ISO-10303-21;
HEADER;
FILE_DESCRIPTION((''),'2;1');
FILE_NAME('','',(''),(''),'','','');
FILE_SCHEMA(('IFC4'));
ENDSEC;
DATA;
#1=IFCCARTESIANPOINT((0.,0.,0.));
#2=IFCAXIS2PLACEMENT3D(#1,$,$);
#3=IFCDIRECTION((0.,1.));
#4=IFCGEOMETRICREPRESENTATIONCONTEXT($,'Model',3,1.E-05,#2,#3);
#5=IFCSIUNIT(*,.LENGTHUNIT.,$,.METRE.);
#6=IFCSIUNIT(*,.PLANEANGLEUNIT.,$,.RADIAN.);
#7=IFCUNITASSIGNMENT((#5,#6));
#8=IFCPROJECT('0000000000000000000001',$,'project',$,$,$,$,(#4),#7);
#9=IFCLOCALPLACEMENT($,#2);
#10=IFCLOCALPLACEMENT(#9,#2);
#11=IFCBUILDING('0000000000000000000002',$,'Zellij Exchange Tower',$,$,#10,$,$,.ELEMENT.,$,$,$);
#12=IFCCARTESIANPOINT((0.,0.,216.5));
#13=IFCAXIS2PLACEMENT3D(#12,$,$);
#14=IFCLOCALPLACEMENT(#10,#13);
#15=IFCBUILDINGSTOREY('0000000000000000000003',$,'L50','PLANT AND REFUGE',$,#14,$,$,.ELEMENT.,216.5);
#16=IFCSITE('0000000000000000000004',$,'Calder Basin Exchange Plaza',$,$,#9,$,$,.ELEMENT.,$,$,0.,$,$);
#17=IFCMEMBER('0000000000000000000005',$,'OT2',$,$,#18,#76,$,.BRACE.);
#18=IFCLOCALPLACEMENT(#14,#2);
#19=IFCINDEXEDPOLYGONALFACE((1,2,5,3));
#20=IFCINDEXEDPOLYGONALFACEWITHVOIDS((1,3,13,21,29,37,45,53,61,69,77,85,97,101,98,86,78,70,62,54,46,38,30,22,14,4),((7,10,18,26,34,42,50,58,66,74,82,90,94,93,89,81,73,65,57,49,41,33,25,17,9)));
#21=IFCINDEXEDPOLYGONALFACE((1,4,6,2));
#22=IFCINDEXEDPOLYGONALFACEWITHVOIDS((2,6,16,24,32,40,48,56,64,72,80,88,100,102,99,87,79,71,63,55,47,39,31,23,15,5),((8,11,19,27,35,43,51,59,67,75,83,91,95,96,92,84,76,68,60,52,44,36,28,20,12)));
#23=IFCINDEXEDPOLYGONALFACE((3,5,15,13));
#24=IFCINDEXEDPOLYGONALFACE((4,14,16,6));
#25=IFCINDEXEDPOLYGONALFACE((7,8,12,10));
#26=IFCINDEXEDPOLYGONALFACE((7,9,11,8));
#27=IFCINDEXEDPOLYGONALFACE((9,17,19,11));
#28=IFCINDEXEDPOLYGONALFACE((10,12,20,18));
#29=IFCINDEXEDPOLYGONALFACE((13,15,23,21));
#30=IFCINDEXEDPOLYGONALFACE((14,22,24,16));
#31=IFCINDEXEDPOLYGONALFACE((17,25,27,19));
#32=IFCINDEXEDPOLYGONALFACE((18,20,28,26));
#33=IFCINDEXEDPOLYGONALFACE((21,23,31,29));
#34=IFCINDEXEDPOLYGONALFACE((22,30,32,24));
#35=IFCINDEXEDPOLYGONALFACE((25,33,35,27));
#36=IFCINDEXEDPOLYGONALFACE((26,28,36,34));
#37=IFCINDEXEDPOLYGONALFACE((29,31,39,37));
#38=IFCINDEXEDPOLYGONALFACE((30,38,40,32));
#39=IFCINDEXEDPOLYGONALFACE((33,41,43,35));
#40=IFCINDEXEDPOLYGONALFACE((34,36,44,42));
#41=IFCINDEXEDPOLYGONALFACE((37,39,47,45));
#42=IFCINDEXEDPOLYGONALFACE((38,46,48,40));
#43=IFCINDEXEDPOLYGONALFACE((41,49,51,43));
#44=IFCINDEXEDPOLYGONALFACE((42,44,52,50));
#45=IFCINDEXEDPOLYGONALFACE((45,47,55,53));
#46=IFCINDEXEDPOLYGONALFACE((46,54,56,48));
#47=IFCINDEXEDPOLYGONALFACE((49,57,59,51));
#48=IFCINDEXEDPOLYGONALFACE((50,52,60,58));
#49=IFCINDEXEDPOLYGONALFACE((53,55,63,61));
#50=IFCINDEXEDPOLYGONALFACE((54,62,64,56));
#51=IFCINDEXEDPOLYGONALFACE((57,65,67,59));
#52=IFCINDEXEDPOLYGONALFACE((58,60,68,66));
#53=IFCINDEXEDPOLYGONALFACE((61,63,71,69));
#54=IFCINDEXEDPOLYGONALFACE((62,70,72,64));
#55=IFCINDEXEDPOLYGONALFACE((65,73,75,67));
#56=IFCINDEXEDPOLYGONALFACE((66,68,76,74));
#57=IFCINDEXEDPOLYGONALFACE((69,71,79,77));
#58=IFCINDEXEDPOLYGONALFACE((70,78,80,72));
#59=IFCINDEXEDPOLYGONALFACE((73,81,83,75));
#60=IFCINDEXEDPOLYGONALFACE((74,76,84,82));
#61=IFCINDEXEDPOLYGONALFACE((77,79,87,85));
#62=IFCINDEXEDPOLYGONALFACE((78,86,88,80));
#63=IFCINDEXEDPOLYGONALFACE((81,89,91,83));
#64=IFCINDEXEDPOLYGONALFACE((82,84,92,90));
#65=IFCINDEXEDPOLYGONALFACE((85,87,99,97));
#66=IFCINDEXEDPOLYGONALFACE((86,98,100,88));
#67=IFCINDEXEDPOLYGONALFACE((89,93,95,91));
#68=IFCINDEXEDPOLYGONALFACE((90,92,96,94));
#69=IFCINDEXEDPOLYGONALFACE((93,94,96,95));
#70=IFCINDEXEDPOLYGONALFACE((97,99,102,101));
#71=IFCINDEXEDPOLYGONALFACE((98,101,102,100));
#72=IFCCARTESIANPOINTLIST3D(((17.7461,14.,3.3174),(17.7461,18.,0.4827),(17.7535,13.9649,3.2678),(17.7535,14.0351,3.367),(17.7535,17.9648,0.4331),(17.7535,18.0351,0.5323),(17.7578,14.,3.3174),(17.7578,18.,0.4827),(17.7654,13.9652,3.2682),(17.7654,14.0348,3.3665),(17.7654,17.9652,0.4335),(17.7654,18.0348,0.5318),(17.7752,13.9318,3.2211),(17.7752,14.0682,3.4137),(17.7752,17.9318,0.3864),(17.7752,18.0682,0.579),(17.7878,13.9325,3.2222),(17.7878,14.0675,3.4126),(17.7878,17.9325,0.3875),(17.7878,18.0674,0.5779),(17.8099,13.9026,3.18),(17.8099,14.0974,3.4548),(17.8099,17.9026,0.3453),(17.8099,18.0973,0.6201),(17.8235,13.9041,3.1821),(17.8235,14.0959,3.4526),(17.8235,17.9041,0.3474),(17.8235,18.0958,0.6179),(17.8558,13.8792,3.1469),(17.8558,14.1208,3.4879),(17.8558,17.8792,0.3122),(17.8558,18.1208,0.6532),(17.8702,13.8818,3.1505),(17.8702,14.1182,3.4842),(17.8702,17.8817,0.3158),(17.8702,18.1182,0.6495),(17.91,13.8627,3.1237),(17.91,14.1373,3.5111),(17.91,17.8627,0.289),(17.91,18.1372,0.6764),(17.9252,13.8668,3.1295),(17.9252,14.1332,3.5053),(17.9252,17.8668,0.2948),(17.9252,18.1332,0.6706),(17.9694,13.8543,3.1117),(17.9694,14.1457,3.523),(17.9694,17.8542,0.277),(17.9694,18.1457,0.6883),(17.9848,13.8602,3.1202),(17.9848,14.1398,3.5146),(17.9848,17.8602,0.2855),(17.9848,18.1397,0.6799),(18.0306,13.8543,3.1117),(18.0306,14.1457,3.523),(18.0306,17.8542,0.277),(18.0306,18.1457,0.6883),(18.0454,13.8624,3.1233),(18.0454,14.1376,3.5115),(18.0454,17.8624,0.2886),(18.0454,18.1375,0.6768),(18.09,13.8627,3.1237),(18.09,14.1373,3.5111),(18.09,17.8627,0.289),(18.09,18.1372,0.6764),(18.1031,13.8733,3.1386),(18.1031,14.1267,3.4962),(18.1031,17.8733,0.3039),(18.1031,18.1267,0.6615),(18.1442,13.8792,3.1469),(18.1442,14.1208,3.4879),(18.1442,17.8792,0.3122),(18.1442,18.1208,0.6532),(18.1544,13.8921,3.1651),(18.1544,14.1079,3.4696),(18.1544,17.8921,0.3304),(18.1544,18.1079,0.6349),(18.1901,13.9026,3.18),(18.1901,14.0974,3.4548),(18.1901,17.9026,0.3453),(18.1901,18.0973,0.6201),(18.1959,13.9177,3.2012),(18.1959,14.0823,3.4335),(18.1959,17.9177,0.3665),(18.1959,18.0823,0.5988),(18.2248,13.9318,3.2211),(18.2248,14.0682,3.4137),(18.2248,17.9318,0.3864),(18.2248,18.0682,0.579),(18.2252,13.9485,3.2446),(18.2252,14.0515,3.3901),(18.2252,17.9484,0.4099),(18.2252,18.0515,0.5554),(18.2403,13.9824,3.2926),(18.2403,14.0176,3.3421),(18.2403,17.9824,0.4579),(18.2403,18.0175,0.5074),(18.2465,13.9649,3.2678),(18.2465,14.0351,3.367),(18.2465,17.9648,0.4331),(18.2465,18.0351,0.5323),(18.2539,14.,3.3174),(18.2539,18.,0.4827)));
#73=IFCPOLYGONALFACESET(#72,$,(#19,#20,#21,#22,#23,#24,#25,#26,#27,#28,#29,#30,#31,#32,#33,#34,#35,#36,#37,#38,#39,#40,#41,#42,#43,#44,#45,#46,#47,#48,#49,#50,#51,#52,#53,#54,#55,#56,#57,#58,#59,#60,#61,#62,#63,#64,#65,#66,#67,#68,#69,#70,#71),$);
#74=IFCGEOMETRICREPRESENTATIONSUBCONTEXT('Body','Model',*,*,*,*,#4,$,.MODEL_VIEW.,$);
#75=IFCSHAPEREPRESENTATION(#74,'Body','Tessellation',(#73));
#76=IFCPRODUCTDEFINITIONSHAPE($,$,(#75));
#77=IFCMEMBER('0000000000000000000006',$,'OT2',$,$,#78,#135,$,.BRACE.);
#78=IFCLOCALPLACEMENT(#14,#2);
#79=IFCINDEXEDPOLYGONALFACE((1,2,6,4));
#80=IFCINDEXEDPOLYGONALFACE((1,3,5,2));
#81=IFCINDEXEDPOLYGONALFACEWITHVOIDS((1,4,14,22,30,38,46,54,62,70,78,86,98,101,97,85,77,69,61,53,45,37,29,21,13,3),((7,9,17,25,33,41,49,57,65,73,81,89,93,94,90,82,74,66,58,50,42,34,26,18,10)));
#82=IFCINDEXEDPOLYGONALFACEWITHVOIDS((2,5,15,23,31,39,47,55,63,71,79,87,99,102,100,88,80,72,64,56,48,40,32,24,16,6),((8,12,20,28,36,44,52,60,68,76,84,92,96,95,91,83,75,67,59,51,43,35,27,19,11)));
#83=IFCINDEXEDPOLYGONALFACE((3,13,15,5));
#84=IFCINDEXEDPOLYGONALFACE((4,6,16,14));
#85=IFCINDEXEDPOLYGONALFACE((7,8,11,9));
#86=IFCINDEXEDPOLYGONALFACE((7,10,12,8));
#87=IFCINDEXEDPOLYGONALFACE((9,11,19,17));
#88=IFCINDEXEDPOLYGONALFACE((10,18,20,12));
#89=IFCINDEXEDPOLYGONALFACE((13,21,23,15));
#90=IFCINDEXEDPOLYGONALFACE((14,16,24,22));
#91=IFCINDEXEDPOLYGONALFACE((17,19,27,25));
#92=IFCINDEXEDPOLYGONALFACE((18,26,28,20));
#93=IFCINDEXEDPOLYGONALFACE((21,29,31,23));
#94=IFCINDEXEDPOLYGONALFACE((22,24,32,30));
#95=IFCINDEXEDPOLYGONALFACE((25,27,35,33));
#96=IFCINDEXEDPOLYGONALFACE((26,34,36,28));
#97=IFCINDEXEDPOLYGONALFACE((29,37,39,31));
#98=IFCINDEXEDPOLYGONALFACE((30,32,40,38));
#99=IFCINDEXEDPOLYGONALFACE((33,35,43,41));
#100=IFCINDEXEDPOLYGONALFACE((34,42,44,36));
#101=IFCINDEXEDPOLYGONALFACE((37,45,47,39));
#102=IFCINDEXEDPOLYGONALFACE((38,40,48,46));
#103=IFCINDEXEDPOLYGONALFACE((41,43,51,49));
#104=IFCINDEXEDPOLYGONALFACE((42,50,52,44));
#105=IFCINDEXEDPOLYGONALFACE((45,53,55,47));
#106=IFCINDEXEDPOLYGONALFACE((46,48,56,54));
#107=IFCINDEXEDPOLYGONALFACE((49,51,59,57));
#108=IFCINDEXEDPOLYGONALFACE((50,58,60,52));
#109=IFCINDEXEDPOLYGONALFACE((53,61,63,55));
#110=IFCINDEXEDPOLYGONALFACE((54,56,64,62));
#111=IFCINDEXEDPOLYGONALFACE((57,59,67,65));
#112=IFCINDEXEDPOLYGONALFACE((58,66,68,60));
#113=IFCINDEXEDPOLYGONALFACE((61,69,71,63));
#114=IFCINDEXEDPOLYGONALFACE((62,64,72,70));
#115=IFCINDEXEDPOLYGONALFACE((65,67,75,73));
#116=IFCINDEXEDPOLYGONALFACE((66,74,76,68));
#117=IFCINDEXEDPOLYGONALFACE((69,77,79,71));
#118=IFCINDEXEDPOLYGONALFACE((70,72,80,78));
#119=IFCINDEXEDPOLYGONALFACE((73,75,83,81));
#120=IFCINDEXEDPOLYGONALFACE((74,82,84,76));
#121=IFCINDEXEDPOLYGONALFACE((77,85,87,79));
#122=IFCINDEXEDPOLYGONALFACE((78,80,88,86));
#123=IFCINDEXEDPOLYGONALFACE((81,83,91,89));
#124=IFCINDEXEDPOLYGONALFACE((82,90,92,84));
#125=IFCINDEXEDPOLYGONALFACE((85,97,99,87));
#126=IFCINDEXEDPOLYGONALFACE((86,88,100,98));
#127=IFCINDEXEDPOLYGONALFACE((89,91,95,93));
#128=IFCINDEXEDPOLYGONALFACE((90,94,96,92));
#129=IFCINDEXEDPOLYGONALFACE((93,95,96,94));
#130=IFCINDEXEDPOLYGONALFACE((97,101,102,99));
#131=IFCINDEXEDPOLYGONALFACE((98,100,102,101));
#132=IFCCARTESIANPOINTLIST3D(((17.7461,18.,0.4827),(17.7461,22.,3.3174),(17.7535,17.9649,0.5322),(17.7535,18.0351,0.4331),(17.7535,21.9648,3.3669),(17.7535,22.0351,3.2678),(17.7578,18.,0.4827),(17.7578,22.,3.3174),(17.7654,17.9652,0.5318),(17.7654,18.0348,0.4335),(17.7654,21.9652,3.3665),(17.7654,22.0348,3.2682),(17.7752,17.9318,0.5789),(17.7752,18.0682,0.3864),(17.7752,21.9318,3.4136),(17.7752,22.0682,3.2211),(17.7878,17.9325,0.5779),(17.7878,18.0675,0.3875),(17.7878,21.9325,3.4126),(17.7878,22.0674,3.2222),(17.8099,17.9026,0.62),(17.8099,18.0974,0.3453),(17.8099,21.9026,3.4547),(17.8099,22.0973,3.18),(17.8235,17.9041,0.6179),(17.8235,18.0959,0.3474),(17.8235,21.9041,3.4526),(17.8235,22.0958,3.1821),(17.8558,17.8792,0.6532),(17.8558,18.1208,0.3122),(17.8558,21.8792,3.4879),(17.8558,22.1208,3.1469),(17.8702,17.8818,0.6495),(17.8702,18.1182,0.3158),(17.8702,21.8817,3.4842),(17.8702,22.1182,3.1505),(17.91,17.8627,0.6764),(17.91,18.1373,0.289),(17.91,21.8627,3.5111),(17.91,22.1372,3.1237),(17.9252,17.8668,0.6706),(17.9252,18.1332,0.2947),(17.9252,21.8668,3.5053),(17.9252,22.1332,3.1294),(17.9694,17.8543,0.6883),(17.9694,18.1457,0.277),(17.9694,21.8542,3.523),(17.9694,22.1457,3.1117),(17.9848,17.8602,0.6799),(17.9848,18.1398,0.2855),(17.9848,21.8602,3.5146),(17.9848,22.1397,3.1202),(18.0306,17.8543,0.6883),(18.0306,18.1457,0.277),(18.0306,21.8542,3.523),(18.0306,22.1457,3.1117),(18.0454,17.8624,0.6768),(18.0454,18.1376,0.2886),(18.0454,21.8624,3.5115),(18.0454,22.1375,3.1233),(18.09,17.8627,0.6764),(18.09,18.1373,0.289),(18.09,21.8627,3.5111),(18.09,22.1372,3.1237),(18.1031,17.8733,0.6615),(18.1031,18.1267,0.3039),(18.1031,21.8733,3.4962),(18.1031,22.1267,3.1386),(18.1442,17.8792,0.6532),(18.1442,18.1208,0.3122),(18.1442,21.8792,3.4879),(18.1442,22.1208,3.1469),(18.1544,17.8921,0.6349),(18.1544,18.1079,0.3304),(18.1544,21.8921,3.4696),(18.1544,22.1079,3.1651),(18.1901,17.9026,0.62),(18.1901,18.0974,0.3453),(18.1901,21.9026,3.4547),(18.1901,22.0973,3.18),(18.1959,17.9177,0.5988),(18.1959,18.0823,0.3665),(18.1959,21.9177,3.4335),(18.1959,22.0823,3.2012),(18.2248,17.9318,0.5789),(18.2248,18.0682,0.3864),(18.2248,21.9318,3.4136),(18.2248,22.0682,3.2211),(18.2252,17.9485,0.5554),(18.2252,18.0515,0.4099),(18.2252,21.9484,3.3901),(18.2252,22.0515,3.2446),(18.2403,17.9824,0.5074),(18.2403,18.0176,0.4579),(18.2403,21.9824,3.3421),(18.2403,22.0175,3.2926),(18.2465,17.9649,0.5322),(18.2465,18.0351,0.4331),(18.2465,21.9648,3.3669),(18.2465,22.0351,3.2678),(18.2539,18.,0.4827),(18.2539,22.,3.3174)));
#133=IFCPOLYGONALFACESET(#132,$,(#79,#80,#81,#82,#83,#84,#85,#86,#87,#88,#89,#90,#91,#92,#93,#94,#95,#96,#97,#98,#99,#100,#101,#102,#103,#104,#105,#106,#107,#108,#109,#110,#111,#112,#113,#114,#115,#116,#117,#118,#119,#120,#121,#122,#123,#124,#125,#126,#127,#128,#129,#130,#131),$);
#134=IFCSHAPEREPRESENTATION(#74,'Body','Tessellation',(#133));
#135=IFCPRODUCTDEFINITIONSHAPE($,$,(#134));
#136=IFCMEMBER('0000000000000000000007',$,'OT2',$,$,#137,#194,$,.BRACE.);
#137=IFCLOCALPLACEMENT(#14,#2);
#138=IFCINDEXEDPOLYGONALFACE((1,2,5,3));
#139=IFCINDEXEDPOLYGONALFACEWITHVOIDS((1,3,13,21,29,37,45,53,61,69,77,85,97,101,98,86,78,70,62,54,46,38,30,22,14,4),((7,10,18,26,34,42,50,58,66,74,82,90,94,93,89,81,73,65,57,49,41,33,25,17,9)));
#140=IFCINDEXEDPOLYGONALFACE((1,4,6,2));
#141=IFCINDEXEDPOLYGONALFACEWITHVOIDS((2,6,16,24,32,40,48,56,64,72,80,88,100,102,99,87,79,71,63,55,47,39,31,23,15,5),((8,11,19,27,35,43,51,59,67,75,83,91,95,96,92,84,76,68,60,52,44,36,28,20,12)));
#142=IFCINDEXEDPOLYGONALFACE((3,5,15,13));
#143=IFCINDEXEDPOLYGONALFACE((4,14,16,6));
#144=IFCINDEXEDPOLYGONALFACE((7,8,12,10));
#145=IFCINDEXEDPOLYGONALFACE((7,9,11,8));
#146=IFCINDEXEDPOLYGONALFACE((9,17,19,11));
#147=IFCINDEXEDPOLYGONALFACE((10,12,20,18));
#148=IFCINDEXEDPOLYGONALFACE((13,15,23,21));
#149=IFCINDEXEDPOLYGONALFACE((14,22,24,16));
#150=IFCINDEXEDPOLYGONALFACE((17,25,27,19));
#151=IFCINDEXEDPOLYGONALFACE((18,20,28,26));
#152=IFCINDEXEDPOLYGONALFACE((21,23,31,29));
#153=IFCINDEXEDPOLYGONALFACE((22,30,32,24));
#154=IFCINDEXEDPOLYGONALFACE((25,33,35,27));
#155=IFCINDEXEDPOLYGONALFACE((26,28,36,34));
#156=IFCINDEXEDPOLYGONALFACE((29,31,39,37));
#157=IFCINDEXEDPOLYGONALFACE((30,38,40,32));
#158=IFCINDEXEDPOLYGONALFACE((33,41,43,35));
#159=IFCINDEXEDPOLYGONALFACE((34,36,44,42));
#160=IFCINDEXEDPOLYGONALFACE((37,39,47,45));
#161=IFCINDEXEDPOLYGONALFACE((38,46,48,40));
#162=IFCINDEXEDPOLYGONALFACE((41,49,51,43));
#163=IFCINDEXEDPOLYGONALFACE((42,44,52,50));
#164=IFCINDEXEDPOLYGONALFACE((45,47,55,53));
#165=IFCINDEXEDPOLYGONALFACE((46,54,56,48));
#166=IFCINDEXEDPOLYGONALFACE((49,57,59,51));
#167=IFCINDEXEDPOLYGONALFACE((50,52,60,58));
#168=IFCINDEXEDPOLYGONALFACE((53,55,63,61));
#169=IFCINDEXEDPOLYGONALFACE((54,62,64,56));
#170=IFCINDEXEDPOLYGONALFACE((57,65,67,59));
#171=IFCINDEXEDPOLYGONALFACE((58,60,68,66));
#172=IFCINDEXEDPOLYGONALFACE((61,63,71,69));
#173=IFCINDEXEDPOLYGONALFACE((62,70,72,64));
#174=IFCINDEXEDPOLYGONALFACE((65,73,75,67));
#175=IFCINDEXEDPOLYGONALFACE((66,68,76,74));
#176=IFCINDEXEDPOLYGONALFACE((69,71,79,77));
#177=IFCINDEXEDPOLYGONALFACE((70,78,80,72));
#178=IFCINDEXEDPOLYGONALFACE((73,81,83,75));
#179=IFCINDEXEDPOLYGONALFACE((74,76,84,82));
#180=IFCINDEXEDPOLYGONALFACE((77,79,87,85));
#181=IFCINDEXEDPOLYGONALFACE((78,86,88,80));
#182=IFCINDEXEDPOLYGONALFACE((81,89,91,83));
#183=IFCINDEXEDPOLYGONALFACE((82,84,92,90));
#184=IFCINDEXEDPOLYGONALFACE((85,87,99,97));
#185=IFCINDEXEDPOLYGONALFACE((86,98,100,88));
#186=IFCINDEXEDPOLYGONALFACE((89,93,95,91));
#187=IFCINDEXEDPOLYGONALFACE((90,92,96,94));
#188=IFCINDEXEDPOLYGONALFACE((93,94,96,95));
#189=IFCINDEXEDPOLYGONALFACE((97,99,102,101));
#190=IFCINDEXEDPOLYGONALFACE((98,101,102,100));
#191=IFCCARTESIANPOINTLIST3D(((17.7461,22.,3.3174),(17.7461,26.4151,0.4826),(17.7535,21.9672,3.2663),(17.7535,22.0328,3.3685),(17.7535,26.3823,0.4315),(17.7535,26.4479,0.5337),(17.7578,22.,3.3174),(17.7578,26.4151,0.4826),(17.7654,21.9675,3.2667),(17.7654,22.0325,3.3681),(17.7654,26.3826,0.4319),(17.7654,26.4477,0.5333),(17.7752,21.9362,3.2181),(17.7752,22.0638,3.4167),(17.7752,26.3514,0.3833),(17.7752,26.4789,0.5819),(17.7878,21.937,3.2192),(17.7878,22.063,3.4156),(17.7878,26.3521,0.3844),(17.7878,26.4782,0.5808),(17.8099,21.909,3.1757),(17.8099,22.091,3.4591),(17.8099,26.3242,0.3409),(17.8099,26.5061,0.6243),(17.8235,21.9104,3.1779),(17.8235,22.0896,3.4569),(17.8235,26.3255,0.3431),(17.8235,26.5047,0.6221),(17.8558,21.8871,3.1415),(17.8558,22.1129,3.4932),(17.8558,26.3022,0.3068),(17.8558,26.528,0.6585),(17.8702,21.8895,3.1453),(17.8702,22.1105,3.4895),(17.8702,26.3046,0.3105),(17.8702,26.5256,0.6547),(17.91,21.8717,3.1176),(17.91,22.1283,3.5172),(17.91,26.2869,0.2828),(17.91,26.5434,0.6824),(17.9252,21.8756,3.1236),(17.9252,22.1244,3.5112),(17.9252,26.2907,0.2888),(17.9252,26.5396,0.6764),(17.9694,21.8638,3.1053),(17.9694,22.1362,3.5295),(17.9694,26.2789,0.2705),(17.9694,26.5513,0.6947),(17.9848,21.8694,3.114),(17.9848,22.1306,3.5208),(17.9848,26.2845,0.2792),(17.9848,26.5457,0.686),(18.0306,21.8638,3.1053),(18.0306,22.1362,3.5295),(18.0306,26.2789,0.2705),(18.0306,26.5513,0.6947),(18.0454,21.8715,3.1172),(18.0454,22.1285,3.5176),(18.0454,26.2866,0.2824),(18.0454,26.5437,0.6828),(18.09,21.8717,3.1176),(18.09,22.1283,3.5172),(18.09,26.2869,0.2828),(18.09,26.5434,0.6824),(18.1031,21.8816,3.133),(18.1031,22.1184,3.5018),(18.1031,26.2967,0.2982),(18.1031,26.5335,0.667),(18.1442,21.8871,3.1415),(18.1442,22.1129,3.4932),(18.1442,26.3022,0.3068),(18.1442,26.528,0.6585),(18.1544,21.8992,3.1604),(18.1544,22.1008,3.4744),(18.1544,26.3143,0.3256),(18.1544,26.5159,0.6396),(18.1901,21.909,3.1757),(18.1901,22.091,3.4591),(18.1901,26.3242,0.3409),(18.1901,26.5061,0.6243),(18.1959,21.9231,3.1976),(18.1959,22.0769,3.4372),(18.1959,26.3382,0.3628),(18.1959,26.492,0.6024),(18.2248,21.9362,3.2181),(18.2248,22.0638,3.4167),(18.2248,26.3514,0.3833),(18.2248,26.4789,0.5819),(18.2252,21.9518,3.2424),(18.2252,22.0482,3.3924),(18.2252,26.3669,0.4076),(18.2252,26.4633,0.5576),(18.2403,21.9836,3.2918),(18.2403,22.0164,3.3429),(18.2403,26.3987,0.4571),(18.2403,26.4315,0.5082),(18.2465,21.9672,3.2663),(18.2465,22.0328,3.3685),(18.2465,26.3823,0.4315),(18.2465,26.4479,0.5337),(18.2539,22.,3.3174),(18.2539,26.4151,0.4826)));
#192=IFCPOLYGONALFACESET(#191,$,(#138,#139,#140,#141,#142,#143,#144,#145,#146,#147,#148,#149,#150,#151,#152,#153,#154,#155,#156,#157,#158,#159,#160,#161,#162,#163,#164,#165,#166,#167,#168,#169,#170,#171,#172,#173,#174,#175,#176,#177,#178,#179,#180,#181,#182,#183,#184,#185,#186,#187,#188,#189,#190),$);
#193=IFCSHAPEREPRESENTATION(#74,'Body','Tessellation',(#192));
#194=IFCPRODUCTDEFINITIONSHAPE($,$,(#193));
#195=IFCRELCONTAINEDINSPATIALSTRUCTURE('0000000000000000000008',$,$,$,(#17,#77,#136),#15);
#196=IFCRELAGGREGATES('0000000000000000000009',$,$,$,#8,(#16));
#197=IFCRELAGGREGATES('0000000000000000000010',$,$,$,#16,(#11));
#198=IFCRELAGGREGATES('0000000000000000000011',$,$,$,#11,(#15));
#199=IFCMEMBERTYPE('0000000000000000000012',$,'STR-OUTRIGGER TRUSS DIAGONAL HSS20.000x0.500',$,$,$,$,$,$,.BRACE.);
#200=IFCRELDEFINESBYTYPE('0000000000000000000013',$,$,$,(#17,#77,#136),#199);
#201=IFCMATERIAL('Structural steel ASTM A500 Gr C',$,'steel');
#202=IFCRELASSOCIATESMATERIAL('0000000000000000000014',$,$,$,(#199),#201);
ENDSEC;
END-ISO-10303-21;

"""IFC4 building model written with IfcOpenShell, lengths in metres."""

from ifc_helpers import new_model, si_unit, direction, frame, origin, origin_2d, place, context, subcontext, project, spatial, hollow_circle, extrude, material, material_profile, profile_set, type_object, element, save


model = new_model("IFC4")

# Units and contexts
model_context = context("Model", 3, precision=1e-05, world=origin(), true_north=direction((0.0, 1.0)))
body_context = subcontext(model_context, "Body", "Model", "MODEL_VIEW")
ifc_project = project(units=[si_unit("LENGTHUNIT", "METRE"), si_unit("PLANEANGLEUNIT", "RADIAN")], contexts=[model_context])

# Site, building, storey
site_placement = place(None, origin())
site = spatial("IfcSite", under=ifc_project, at=site_placement, Name="Calder Basin Exchange Plaza", CompositionType="ELEMENT", RefElevation=0.0)
building_placement = place(site_placement, origin())
building = spatial("IfcBuilding", under=site, at=building_placement, Name="Zellij Exchange Tower", CompositionType="ELEMENT")
storey_placement = place(building_placement, frame((0.0, 0.0, 216.5)))
storey = spatial("IfcBuildingStorey", under=building, at=storey_placement, Name="L50", Description="PLANT AND REFUGE", CompositionType="ELEMENT", Elevation=216.5)

# Members
ifc_material_1 = material(Name="Structural steel ASTM A500 Gr C", Category="steel")
ifc_material_profile_1 = material_profile(ifc_material_1, hollow_circle(Radius=0.2539, WallThickness=0.0117, at=origin_2d()), Name="STR-OUTRIGGER TRUSS DIAGONAL HSS20.000x0.500")
ifc_profile_set_1 = profile_set([ifc_material_profile_1], Name="Structural steel ASTM A500 Gr C")
member_type_1 = type_object("IfcMemberType", Name="STR-OUTRIGGER TRUSS DIAGONAL HSS20.000x0.500", PredefinedType="BRACE", material=ifc_profile_set_1)
for number, where, z_axis, x_axis, name in (
    (1, (18.0, 14.0, 3.3174), (0.0, 0.815891, -0.578205), (-1.0, 0.0, 0.0), "OT2"),
    (2, (18.0, 18.0, 0.4827), (0.0, 0.815891, 0.578205), (-1.0, 0.0, 0.0), "OT2"),
):
    element("IfcMember", number, at=place(storey_placement, frame(where, z_axis=z_axis, x_axis=x_axis)), inside=storey, type_object=member_type_1, Name=name, PredefinedType="BRACE", context=body_context, shape_type="SweptSolid", body=[
        extrude(hollow_circle(Radius=0.2539, WallThickness=0.0117, at=origin_2d()), origin(), (0.0, 0.0, 1.0), 4.9026),
    ])
member_1_placement = place(storey_placement, frame((18.0, 22.0, 3.3174), z_axis=(0.0, 0.841484, -0.540282), x_axis=(-1.0, 0.0, 0.0)))
element("IfcMember", 3, at=member_1_placement, inside=storey, type_object=member_type_1, Name="OT2", PredefinedType="BRACE", context=body_context, shape_type="SweptSolid", body=[
    extrude(hollow_circle(Radius=0.2539, WallThickness=0.0117, at=origin_2d()), origin(), (0.0, 0.0, 1.0), 5.2468),
])

save(model, "model.ifc")
